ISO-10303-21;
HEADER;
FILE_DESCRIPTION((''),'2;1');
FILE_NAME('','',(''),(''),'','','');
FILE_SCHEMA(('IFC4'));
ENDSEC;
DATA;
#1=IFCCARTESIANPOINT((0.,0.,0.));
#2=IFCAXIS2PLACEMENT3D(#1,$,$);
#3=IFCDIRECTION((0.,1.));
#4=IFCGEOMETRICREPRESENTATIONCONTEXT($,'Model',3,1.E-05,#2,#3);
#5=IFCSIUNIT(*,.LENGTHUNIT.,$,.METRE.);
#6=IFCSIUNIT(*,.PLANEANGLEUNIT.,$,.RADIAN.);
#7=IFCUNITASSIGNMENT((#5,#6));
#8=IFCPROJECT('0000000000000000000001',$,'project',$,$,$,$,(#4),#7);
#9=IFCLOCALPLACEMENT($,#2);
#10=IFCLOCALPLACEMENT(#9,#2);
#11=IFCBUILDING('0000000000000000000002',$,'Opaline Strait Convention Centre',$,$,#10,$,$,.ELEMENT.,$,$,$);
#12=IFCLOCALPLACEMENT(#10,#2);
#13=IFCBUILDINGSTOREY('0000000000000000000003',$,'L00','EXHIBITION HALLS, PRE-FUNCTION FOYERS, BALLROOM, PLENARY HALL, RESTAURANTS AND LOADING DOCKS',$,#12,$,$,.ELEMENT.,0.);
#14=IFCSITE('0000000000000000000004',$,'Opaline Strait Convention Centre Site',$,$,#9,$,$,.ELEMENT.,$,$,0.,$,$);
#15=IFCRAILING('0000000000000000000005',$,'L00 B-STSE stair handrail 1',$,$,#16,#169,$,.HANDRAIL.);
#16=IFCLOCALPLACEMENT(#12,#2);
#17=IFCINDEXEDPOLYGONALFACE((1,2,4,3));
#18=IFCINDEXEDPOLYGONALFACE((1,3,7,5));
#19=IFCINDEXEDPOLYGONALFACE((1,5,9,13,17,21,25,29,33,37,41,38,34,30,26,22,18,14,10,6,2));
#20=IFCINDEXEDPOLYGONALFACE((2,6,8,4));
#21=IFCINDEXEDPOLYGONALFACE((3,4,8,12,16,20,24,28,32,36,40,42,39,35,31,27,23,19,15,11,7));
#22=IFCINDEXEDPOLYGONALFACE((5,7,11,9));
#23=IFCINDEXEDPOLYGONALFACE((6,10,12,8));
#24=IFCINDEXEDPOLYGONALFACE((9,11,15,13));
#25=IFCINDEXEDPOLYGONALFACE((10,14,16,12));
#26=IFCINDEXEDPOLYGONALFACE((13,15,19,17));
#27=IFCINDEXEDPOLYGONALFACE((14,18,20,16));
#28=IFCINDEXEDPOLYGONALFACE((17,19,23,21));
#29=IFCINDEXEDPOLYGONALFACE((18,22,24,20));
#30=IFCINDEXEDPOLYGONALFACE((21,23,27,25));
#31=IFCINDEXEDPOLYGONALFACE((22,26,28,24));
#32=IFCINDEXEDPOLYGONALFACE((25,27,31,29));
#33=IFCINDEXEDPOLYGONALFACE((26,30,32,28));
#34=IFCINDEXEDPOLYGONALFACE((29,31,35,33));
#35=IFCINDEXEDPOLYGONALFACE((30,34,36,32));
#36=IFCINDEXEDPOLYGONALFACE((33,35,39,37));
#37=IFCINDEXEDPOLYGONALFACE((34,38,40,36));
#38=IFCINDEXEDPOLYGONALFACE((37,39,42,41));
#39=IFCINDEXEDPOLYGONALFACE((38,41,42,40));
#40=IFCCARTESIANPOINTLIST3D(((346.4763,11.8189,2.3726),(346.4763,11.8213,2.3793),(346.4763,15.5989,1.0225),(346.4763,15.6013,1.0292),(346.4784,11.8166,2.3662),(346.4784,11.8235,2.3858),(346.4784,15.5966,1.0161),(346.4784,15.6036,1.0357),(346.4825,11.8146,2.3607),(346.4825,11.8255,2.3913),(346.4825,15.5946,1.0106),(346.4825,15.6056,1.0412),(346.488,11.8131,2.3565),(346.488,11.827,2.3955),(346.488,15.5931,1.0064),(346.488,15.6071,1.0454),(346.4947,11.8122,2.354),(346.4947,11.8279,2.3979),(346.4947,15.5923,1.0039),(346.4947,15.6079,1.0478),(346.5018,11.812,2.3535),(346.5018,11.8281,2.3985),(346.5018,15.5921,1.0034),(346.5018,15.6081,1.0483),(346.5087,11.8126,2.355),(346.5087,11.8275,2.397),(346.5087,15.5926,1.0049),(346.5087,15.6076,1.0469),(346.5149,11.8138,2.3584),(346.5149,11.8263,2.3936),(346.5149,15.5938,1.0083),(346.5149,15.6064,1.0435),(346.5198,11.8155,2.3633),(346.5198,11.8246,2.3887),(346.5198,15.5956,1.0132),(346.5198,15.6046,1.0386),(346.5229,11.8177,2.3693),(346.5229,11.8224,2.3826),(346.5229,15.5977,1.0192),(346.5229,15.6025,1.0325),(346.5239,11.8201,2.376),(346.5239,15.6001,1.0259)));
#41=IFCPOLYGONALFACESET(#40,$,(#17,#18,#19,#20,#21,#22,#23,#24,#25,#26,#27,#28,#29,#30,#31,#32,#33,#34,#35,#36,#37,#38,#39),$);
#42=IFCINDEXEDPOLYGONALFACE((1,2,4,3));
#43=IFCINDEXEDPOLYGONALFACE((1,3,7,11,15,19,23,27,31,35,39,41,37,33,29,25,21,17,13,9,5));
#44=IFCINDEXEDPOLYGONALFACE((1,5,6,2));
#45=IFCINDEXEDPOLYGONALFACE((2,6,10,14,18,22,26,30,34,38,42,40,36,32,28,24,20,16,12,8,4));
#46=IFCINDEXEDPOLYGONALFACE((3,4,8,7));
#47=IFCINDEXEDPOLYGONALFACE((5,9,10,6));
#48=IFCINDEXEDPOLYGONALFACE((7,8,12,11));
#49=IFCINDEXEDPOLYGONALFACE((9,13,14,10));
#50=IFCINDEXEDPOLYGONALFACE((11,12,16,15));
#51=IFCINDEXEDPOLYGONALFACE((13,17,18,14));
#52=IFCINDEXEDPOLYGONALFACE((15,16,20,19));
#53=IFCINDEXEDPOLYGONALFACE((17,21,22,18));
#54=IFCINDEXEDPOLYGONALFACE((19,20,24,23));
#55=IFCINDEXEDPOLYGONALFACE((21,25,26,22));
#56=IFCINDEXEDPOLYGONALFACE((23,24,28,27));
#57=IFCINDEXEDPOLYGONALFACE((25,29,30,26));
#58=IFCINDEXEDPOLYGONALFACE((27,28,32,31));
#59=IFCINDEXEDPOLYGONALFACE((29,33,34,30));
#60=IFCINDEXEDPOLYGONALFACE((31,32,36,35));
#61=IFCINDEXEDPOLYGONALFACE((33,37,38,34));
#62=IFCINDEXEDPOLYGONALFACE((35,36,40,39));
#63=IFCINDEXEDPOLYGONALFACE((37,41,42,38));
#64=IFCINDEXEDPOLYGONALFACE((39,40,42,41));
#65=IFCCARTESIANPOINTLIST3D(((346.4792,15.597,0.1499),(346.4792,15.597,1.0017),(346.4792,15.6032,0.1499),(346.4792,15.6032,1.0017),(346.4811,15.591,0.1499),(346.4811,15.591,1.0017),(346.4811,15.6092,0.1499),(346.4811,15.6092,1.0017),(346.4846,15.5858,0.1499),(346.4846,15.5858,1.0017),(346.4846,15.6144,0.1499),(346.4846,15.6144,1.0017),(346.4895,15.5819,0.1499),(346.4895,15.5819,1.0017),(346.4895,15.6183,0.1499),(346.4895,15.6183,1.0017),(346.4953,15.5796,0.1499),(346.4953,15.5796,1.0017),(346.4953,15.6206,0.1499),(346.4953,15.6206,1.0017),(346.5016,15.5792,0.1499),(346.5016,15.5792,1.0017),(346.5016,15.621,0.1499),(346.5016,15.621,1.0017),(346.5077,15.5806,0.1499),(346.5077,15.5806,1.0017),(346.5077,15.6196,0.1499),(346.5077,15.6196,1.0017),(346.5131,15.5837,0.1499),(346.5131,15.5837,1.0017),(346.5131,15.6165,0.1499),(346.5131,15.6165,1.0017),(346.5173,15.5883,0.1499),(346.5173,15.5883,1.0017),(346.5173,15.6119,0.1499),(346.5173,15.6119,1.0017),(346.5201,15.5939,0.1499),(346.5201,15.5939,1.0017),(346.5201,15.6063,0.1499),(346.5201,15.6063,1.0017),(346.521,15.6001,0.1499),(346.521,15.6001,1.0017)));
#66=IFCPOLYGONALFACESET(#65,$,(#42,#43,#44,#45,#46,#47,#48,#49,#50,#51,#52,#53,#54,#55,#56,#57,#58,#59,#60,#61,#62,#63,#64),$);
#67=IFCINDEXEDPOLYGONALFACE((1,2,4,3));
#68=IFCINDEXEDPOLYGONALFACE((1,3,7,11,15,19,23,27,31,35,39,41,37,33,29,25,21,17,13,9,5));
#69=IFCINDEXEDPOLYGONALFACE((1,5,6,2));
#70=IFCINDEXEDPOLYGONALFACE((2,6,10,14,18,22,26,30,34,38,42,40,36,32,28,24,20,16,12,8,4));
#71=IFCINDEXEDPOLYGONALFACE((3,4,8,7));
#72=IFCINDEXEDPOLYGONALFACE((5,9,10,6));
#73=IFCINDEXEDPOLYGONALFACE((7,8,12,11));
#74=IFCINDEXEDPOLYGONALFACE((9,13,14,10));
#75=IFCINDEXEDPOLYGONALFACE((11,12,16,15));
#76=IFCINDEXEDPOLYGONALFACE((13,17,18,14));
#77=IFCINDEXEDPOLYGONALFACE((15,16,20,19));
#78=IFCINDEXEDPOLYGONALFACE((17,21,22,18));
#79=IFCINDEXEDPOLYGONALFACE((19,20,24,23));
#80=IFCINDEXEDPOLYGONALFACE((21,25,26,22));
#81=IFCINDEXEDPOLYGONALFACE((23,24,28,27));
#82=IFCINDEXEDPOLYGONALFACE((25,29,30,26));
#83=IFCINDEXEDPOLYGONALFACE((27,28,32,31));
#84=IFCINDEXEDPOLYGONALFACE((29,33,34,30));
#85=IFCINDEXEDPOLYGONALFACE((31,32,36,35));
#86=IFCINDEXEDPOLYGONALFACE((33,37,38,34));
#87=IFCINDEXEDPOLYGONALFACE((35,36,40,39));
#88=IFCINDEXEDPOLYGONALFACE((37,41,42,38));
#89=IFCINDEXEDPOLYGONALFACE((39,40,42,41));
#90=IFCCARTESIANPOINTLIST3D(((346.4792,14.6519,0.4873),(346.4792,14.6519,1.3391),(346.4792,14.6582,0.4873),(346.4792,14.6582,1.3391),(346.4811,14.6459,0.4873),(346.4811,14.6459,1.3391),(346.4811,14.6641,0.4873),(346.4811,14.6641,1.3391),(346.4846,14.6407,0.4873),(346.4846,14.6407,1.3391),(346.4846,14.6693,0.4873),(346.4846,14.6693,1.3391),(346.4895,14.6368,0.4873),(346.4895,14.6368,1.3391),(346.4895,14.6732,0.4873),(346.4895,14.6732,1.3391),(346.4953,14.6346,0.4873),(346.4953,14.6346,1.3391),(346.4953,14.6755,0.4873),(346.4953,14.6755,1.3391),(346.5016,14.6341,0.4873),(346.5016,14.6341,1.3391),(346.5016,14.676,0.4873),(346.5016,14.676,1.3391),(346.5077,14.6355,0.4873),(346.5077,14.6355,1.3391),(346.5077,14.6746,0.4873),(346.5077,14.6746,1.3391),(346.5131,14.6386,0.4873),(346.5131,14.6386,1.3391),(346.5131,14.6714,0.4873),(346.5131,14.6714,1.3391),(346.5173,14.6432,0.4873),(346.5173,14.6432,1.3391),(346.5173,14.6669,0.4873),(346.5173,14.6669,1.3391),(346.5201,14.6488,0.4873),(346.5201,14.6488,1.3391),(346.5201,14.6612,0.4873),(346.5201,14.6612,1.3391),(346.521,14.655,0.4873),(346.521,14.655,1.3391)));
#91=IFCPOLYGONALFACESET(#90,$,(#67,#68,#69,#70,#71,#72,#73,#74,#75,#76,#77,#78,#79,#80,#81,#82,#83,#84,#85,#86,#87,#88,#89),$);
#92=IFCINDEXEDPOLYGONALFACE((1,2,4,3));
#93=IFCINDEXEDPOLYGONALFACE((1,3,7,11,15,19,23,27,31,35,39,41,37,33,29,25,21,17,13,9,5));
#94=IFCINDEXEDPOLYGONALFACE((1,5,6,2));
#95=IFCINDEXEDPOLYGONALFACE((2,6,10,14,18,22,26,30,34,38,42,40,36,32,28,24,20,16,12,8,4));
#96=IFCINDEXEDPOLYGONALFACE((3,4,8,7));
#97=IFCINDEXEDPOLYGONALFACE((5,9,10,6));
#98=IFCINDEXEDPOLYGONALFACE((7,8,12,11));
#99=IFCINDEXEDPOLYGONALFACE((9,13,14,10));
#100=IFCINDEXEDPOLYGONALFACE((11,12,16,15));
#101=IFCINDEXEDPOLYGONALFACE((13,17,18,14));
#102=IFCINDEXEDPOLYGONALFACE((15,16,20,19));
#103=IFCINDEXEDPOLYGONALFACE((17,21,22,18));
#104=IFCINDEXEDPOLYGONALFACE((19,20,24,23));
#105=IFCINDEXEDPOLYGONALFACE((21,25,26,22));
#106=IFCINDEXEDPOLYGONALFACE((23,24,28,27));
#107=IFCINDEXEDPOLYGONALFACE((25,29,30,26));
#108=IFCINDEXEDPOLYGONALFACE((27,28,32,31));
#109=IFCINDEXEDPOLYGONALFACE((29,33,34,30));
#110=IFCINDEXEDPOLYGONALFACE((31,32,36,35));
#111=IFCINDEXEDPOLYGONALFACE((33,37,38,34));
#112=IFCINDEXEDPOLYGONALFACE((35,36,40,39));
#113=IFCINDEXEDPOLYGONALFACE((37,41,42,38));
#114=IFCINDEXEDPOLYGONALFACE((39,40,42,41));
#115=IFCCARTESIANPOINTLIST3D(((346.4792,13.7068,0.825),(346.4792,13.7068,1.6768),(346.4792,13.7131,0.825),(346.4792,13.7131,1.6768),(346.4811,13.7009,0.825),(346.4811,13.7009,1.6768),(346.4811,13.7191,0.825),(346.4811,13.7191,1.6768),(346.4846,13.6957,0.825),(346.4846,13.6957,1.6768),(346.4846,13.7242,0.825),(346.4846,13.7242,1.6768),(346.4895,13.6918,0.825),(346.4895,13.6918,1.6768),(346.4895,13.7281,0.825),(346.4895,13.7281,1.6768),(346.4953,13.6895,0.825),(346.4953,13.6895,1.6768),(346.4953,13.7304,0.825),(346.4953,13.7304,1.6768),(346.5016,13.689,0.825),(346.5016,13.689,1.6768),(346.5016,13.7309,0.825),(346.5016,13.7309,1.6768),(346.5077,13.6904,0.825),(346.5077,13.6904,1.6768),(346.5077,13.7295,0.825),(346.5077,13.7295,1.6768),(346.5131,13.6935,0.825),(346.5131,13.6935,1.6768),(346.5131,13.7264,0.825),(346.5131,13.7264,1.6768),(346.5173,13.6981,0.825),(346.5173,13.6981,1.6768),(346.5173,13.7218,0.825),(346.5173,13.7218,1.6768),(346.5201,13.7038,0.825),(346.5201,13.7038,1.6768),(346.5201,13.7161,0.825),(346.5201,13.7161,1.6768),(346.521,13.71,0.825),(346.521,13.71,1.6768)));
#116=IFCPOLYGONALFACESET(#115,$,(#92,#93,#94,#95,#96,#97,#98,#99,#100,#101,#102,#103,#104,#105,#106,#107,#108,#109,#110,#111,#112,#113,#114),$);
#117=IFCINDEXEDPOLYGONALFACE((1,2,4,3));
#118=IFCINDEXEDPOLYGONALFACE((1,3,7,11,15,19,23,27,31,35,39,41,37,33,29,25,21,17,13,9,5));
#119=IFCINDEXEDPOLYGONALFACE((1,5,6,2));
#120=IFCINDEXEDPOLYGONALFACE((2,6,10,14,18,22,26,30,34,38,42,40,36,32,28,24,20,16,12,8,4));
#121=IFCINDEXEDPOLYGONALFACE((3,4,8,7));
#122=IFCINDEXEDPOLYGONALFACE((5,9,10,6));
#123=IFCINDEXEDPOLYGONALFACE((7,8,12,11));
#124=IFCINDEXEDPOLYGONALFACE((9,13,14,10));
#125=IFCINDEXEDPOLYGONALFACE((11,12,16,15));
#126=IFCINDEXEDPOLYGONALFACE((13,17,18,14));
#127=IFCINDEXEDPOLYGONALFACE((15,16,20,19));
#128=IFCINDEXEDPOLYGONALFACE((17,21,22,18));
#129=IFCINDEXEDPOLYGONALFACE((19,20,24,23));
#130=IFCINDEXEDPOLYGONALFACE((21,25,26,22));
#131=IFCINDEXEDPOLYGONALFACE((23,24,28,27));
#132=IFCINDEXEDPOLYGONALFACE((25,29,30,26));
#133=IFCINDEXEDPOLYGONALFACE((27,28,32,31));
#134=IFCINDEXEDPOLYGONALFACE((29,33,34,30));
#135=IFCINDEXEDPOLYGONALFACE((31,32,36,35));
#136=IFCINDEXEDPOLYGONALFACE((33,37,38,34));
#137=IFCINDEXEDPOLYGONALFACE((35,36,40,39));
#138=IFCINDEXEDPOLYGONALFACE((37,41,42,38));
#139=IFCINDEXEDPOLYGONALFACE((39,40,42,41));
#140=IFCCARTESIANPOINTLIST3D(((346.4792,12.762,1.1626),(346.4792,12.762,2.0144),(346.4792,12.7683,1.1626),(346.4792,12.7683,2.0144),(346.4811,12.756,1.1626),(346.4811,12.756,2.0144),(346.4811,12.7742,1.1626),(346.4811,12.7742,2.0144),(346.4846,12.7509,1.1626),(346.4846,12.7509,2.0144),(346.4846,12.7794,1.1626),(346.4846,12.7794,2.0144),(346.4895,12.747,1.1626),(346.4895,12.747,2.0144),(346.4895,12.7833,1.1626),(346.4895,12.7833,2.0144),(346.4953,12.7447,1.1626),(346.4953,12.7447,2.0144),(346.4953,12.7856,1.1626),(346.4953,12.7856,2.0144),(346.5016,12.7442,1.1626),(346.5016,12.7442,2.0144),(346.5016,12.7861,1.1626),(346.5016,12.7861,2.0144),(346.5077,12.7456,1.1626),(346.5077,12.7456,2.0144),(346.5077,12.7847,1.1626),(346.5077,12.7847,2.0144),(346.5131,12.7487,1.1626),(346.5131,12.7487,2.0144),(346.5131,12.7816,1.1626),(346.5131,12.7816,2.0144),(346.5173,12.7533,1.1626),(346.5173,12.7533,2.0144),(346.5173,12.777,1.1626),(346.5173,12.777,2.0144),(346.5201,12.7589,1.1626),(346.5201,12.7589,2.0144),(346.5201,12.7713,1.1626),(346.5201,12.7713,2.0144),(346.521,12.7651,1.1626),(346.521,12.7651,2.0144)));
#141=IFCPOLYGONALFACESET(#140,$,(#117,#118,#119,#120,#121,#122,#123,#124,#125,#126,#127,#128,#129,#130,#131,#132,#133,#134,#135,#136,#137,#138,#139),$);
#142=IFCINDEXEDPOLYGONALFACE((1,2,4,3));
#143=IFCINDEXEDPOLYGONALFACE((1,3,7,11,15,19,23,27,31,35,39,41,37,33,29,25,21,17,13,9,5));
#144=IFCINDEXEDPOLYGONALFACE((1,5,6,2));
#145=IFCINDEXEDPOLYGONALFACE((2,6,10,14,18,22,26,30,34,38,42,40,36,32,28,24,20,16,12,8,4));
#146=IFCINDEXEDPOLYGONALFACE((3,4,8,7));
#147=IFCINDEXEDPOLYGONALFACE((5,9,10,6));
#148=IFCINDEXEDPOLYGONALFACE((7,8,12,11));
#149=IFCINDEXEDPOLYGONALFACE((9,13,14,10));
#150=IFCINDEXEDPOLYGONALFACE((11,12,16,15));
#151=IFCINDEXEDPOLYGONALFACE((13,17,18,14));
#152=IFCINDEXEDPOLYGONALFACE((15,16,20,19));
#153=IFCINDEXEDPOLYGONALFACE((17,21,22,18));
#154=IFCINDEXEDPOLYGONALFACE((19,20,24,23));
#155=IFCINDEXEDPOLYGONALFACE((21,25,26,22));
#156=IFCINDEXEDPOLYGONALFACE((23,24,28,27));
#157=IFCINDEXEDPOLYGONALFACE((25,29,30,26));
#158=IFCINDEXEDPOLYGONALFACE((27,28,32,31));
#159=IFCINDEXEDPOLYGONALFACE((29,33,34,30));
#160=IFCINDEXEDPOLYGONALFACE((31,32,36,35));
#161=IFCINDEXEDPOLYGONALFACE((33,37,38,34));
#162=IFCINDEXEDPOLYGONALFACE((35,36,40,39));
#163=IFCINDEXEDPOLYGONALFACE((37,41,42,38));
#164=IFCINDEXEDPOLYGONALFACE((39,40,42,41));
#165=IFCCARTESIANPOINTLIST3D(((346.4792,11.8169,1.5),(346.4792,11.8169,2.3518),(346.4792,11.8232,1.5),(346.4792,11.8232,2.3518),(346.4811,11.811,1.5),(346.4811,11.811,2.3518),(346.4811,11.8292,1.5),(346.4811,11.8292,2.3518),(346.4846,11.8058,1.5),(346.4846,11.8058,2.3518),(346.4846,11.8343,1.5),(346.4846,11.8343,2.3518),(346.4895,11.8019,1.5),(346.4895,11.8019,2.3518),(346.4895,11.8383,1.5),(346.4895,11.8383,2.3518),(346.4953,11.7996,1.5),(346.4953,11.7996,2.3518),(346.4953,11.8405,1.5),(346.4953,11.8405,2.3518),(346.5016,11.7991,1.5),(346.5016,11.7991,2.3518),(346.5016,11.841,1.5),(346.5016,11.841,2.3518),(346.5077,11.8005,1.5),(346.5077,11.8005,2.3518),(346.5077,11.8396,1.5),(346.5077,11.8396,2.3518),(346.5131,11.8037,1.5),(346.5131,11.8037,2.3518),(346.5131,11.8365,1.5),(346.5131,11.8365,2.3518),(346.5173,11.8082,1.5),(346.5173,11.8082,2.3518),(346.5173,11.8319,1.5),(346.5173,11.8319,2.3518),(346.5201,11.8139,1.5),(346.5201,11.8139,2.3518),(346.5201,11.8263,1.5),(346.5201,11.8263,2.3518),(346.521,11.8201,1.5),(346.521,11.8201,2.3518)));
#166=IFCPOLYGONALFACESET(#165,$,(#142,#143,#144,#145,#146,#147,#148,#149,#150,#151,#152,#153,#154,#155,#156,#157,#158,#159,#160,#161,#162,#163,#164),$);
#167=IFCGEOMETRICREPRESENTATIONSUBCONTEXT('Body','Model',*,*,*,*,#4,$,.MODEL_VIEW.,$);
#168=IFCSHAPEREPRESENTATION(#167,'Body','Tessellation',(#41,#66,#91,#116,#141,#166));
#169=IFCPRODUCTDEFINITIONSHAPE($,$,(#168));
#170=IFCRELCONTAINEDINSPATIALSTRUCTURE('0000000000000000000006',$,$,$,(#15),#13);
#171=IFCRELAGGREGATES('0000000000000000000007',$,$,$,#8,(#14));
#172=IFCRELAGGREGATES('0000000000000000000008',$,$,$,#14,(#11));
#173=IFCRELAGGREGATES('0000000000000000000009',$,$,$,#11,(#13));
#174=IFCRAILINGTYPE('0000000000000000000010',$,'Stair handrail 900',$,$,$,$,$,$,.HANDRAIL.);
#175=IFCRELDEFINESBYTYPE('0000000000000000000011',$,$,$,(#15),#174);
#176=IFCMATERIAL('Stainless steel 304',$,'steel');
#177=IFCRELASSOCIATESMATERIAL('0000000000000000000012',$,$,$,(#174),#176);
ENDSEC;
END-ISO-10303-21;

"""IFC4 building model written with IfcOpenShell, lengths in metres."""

from ifc_helpers import new_model, si_unit, direction, frame, origin, origin_2d, place, context, subcontext, project, spatial, circle, extrude, material, type_object, element, save


model = new_model("IFC4")

# Units and contexts
model_context = context("Model", 3, precision=1e-05, world=origin(), true_north=direction((0.0, 1.0)))
body_context = subcontext(model_context, "Body", "Model", "MODEL_VIEW")
ifc_project = project(units=[si_unit("LENGTHUNIT", "METRE"), si_unit("PLANEANGLEUNIT", "RADIAN")], contexts=[model_context])

# Site, building, storey
site_placement = place(None, origin())
site = spatial("IfcSite", under=ifc_project, at=site_placement, Name="Opaline Strait Convention Centre Site", CompositionType="ELEMENT", RefElevation=0.0)
building_placement = place(site_placement, origin())
building = spatial("IfcBuilding", under=site, at=building_placement, Name="Opaline Strait Convention Centre", CompositionType="ELEMENT")
storey_placement = place(building_placement, origin())
storey = spatial("IfcBuildingStorey", under=building, at=storey_placement, Name="L00", Description="EXHIBITION HALLS, PRE-FUNCTION FOYERS, BALLROOM, PLENARY HALL, RESTAURANTS AND LOADING DOCKS", CompositionType="ELEMENT", Elevation=0.0)

# Railing
ifc_material_1 = material(Name="Stainless steel 304", Category="steel")
railing_type_1 = type_object("IfcRailingType", Name="Stair handrail 900", PredefinedType="HANDRAIL", material=ifc_material_1)
for number, where, name in (
    (1, (346.5, 15.6001, 0.1499), "L00 B-STSE stair handrail 1"),
):
    element("IfcRailing", number, at=place(storey_placement, frame(where)), inside=storey, type_object=railing_type_1, Name=name, PredefinedType="HANDRAIL", context=body_context, shape_type="SweptSolid", body=[
        extrude(circle(Radius=0.0239, at=origin_2d()), frame((0.0, 0.0, 0.876), z_axis=(0.0, -0.941735, 0.336356), x_axis=(1.0, 0.0, 0.0)), (0.0, 0.0, 1.0), 4.0139),
        extrude(circle(Radius=0.021, at=origin_2d()), origin(), (0.0, 0.0, 1.0), 0.8518),
        extrude(circle(Radius=0.021, at=origin_2d()), frame((0.0, -0.9451, 0.3374)), (0.0, 0.0, 1.0), 0.8518),
        extrude(circle(Radius=0.021, at=origin_2d()), frame((0.0, -1.8901, 0.675)), (0.0, 0.0, 1.0), 0.8518),
        extrude(circle(Radius=0.021, at=origin_2d()), frame((0.0, -2.835, 1.0127)), (0.0, 0.0, 1.0), 0.8518),
        extrude(circle(Radius=0.021, at=origin_2d()), frame((0.0, -3.78, 1.3501)), (0.0, 0.0, 1.0), 0.8518),
    ])

save(model, "model.ifc")
